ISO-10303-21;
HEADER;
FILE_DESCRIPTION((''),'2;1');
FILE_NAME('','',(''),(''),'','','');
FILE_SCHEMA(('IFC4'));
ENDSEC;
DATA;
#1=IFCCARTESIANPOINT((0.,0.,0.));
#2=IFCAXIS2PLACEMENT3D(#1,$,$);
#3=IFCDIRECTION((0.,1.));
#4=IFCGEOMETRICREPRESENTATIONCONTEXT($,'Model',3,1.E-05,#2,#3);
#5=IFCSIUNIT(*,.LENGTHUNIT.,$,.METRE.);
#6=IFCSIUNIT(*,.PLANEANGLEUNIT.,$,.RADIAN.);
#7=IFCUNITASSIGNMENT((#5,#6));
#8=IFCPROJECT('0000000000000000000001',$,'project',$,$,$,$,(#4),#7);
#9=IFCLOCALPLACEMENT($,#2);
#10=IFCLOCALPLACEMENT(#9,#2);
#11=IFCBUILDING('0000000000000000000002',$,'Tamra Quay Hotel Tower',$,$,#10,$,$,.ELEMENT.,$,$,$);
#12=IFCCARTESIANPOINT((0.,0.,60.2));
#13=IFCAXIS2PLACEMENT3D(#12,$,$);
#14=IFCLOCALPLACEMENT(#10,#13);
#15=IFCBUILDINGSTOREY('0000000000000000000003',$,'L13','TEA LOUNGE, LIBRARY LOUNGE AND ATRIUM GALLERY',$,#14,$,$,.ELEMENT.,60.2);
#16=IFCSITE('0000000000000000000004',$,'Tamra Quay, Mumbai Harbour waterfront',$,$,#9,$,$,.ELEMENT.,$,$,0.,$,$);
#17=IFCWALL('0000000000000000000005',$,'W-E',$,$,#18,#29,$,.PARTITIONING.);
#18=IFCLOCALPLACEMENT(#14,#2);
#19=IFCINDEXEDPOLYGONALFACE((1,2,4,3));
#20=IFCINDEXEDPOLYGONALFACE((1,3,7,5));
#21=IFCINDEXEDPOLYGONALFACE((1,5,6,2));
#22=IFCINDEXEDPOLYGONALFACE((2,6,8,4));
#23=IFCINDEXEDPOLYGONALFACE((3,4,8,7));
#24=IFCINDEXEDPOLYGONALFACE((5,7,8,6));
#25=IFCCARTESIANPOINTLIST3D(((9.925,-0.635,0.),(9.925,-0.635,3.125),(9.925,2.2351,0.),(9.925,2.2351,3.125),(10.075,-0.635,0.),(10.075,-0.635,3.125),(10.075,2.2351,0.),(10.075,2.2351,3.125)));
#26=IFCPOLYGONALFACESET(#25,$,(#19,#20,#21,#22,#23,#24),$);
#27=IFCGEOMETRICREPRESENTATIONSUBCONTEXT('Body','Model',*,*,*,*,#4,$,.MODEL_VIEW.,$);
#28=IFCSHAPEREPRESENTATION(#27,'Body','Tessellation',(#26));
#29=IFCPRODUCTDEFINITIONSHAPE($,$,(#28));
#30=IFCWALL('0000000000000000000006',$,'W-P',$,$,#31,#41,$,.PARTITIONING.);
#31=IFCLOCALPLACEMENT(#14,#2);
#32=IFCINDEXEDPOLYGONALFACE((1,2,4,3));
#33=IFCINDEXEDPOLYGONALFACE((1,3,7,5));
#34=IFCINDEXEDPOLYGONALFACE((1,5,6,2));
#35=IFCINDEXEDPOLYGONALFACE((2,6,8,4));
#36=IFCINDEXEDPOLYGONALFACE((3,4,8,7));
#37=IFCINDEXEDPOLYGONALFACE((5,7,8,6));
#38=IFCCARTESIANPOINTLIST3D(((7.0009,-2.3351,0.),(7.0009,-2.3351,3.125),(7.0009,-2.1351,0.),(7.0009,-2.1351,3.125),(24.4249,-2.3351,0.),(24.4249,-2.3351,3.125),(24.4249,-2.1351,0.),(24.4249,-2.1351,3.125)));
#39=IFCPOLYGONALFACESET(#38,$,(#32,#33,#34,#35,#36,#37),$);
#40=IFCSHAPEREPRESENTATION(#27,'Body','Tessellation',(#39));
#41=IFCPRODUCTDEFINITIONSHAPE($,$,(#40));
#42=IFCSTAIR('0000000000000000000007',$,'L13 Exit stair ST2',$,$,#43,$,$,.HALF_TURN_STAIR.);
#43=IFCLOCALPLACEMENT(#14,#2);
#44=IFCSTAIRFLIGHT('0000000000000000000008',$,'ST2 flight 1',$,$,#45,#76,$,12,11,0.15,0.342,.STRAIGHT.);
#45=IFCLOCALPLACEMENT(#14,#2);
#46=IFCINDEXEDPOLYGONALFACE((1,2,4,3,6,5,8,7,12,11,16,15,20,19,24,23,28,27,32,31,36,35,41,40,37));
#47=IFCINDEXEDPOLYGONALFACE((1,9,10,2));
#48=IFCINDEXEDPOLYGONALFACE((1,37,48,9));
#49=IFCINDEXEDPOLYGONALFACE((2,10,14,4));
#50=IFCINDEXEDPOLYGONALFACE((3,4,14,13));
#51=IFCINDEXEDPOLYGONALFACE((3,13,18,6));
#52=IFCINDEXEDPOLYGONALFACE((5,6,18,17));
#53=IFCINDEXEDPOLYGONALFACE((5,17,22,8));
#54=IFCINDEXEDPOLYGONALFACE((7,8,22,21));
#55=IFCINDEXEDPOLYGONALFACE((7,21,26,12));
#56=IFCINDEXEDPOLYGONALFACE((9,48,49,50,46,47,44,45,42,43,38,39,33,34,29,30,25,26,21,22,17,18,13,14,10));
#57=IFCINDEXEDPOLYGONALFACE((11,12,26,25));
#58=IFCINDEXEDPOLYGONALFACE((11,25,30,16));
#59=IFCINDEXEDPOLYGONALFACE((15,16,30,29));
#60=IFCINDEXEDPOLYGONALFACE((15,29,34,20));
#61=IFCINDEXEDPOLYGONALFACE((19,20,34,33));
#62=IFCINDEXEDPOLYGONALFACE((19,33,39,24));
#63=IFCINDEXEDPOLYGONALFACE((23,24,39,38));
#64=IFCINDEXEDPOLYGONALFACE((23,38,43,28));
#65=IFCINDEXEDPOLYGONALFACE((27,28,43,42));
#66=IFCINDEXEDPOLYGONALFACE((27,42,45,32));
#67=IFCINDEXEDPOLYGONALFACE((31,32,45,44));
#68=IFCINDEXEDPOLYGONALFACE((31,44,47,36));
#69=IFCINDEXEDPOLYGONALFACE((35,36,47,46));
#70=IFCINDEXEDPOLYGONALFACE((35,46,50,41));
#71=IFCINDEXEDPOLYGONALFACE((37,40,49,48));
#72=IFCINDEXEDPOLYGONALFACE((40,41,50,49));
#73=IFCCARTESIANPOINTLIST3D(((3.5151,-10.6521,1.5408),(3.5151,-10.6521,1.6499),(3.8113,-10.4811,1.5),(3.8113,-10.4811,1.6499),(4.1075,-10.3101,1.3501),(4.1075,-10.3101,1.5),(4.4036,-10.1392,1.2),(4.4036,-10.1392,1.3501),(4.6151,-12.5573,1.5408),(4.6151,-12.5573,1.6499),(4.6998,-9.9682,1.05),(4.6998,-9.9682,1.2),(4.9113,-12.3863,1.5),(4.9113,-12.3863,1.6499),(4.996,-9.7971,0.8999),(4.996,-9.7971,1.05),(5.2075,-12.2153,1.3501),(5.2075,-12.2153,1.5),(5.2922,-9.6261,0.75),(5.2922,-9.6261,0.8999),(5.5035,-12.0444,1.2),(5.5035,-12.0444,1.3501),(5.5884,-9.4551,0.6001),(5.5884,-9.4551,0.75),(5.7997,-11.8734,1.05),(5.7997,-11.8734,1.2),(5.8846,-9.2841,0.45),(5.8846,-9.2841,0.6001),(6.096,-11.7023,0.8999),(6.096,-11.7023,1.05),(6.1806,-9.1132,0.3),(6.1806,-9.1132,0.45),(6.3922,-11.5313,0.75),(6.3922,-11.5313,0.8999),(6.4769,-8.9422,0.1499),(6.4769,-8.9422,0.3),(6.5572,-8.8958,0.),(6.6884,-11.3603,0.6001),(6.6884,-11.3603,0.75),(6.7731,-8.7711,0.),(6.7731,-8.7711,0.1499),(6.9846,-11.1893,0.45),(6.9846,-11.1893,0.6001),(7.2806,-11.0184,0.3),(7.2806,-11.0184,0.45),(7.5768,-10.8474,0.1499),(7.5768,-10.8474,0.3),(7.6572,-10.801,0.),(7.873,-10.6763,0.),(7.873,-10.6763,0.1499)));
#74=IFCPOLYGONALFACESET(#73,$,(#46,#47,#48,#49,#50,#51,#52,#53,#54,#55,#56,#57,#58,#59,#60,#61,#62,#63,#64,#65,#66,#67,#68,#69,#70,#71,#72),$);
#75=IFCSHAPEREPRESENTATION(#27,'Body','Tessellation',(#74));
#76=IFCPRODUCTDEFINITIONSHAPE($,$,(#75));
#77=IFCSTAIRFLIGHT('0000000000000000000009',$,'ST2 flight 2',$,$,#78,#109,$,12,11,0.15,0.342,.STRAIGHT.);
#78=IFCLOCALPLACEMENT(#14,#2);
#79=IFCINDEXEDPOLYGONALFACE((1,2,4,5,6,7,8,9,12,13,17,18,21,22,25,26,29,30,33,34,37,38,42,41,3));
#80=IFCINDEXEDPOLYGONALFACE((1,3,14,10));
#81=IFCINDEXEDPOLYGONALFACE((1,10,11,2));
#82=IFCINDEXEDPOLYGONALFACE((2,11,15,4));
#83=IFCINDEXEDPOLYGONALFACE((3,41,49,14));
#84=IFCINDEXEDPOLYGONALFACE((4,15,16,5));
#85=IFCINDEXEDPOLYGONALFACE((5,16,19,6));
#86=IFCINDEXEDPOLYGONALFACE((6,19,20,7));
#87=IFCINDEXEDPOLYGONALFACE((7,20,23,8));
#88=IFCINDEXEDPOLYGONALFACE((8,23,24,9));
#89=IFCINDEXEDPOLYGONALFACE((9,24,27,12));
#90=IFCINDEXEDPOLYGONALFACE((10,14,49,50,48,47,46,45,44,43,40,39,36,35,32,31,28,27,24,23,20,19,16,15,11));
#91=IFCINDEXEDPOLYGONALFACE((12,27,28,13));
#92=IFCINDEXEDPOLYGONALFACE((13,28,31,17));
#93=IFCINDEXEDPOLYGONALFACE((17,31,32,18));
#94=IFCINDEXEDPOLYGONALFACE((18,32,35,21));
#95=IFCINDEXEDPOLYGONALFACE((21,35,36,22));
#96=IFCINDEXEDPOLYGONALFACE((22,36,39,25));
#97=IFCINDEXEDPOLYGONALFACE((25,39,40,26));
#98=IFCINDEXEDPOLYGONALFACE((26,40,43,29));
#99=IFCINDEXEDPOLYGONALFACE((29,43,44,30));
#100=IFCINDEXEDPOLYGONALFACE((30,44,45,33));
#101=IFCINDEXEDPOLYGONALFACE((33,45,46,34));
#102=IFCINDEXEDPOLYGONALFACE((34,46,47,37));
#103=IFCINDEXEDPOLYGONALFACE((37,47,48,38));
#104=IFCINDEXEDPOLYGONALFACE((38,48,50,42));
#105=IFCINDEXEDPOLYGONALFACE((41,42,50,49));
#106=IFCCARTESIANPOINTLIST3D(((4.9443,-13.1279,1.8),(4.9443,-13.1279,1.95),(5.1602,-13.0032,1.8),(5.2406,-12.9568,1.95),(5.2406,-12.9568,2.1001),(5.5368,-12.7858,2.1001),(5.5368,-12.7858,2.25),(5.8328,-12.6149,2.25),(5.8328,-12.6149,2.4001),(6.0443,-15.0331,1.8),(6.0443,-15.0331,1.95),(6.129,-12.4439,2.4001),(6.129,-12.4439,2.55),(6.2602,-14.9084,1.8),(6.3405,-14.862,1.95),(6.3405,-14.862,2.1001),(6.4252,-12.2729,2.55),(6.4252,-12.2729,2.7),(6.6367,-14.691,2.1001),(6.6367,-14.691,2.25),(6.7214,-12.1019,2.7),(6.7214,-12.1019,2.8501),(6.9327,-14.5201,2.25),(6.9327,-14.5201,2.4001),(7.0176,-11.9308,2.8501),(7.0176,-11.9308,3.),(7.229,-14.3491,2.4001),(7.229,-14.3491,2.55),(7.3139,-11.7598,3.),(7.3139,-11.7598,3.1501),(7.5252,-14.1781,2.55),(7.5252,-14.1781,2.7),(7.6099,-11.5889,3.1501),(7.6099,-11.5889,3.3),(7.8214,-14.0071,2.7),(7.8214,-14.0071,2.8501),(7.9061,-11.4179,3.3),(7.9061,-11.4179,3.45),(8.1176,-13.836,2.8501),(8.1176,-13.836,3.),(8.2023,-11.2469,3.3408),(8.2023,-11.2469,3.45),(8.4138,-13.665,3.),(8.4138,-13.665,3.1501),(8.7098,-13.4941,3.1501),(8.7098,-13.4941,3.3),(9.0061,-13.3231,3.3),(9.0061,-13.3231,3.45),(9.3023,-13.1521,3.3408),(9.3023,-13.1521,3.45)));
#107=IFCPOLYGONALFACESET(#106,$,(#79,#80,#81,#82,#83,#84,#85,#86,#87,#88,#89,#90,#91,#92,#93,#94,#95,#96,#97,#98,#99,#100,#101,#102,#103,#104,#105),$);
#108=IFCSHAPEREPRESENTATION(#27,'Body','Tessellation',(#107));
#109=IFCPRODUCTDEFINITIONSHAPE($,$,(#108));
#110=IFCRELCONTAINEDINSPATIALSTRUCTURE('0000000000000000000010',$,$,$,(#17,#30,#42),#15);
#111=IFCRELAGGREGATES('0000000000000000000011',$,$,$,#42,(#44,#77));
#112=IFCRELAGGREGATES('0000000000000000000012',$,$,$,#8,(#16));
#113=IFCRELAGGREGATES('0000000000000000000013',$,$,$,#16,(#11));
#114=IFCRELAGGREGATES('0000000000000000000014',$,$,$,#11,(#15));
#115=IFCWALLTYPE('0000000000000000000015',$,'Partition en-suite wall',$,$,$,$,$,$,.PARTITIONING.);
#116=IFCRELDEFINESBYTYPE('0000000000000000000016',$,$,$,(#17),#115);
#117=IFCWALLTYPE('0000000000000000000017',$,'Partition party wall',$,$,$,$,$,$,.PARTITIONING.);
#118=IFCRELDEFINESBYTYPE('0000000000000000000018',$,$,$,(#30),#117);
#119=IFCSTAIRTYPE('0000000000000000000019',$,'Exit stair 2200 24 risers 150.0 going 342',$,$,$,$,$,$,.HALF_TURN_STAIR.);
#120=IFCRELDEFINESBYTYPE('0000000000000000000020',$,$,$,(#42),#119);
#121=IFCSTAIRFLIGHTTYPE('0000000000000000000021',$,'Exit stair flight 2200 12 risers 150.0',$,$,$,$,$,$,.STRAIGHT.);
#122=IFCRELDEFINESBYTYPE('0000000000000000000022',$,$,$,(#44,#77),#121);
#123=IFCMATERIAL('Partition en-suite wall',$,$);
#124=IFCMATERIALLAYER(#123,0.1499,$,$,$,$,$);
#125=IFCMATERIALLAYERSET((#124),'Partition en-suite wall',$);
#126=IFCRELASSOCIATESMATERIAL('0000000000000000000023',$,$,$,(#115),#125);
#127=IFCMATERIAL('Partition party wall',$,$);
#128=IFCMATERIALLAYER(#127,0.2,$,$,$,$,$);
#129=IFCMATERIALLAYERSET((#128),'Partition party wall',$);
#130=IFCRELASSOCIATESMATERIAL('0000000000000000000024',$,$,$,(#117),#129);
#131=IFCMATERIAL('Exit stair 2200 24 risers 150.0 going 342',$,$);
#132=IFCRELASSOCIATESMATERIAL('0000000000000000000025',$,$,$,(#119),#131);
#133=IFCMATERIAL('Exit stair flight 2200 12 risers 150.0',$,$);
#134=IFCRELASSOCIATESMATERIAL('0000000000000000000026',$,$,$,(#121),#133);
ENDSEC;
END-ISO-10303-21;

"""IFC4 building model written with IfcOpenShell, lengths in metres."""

from ifc_helpers import new_model, si_unit, direction, frame, frame_2d, origin, place, context, subcontext, project, spatial, polyline, rectangle, outline, extrude, material, layer, layer_set, type_object, element, aggregate, save


model = new_model("IFC4")

# Units and contexts
model_context = context("Model", 3, precision=1e-05, world=origin(), true_north=direction((0.0, 1.0)))
body_context = subcontext(model_context, "Body", "Model", "MODEL_VIEW")
ifc_project = project(units=[si_unit("LENGTHUNIT", "METRE"), si_unit("PLANEANGLEUNIT", "RADIAN")], contexts=[model_context])

# Site, building, storey
site_placement = place(None, origin())
site = spatial("IfcSite", under=ifc_project, at=site_placement, Name="Tamra Quay, Mumbai Harbour waterfront", CompositionType="ELEMENT", RefElevation=0.0)
building_placement = place(site_placement, origin())
building = spatial("IfcBuilding", under=site, at=building_placement, Name="Tamra Quay Hotel Tower", CompositionType="ELEMENT")
storey_placement = place(building_placement, frame((0.0, 0.0, 60.2)))
storey = spatial("IfcBuildingStorey", under=building, at=storey_placement, Name="L13", Description="TEA LOUNGE, LIBRARY LOUNGE AND ATRIUM GALLERY", CompositionType="ELEMENT", Elevation=60.2)

# Shared definitions
ifc_material_1 = material(Name="Partition en-suite wall")
ifc_layer_1 = layer(ifc_material_1, 0.1499)
ifc_layer_set_1 = layer_set([ifc_layer_1], Name="Partition en-suite wall")
wall_type_1 = type_object("IfcWallType", Name="Partition en-suite wall", PredefinedType="PARTITIONING", material=ifc_layer_set_1)

# Walls
wall_1_placement = place(storey_placement, frame((10.0, -0.635, 0.0), z_axis=(0.0, 0.0, 1.0), x_axis=(0.0, 1.0, 0.0)))
element("IfcWall", 1, at=wall_1_placement, inside=storey, type_object=wall_type_1, Name="W-E", PredefinedType="PARTITIONING", context=body_context, shape_type="SweptSolid", body=[
    extrude(rectangle(XDim=2.8701, YDim=0.1499, at=frame_2d((1.4351, 0.0))), origin(), (0.0, 0.0, 1.0), 3.125),
])
ifc_material_2 = material(Name="Partition party wall")
ifc_layer_2 = layer(ifc_material_2, 0.2)
ifc_layer_set_2 = layer_set([ifc_layer_2], Name="Partition party wall")
wall_type_2 = type_object("IfcWallType", Name="Partition party wall", PredefinedType="PARTITIONING", material=ifc_layer_set_2)
wall_2_placement = place(storey_placement, frame((7.001, -2.2351, 0.0), z_axis=(0.0, 0.0, 1.0), x_axis=(1.0, 0.0, 0.0)))
element("IfcWall", 2, at=wall_2_placement, inside=storey, type_object=wall_type_2, Name="W-P", PredefinedType="PARTITIONING", context=body_context, shape_type="SweptSolid", body=[
    extrude(rectangle(XDim=17.4241, YDim=0.2, at=frame_2d((8.7119, 0.0))), origin(), (0.0, 0.0, 1.0), 3.125),
])

# Stair, stair flights
ifc_material_3 = material(Name="Exit stair 2200 24 risers 150.0 going 342")
stair_type = type_object("IfcStairType", Name="Exit stair 2200 24 risers 150.0 going 342", PredefinedType="HALF_TURN_STAIR", material=ifc_material_3)
stair_placement = place(storey_placement, origin())
stair = element("IfcStair", 3, at=stair_placement, inside=storey, type_object=stair_type, Name="L13 Exit stair ST2", PredefinedType="HALF_TURN_STAIR")
ifc_material_4 = material(Name="Exit stair flight 2200 12 risers 150.0")
stair_flight_type = type_object("IfcStairFlightType", Name="Exit stair flight 2200 12 risers 150.0", PredefinedType="STRAIGHT", material=ifc_material_4)
stair_flight_1_placement = place(storey_placement, frame((7.323, -9.7236, 0.0), z_axis=(0.0, 0.0, 1.0), x_axis=(-0.866025, -0.5, 0.0)))
stair_flight_1 = element("IfcStairFlight", 4, at=stair_flight_1_placement, type_object=stair_flight_type, Name="ST2 flight 1", NumberOfRisers=12, NumberOfTreads=11, PredefinedType="STRAIGHT", RiserHeight=0.15, TreadLength=0.342, context=body_context, shape_type="SweptSolid", body=[
    extrude(outline(polyline([(0.0, 0.0), (0.0, 0.1499), (0.342, 0.1499), (0.342, 0.3), (0.6841, 0.3), (0.6841, 0.45), (1.0259, 0.45), (1.0259, 0.6001), (1.3679, 0.6001), (1.3679, 0.75), (1.71, 0.75), (1.71, 0.8999), (2.052, 0.8999), (2.052, 1.05), (2.394, 1.05), (2.394, 1.2), (2.7361, 1.2), (2.7361, 1.3501), (3.0779, 1.3501), (3.0779, 1.5), (3.4199, 1.5), (3.4199, 1.6499), (3.762, 1.6499), (3.762, 1.8), (3.762, 1.5408), (0.2493, 0.0), (0.0, 0.0)])), frame((0.0, 1.1001, 0.0), z_axis=(0.0, -1.0, 0.0), x_axis=(1.0, 0.0, 0.0)), (0.0, 0.0, 1.0), 2.2),
])
stair_flight_2_placement = place(storey_placement, frame((5.4944, -14.0806, 1.8), z_axis=(0.0, 0.0, 1.0), x_axis=(0.866025, 0.5, 0.0)))
stair_flight_2 = element("IfcStairFlight", 5, at=stair_flight_2_placement, type_object=stair_flight_type, Name="ST2 flight 2", NumberOfRisers=12, NumberOfTreads=11, PredefinedType="STRAIGHT", RiserHeight=0.15, TreadLength=0.342, context=body_context, shape_type="SweptSolid", body=[
    extrude(outline(polyline([(0.0, 0.0), (0.0, 0.1499), (0.342, 0.1499), (0.342, 0.3), (0.6841, 0.3), (0.6841, 0.45), (1.0259, 0.45), (1.0259, 0.6001), (1.3679, 0.6001), (1.3679, 0.75), (1.71, 0.75), (1.71, 0.8999), (2.052, 0.8999), (2.052, 1.05), (2.394, 1.05), (2.394, 1.2), (2.7361, 1.2), (2.7361, 1.3501), (3.0779, 1.3501), (3.0779, 1.5), (3.4199, 1.5), (3.4199, 1.6499), (3.762, 1.6499), (3.762, 1.8), (3.762, 1.5408), (0.2493, 0.0), (0.0, 0.0)])), frame((0.0, 1.1001, 0.0), z_axis=(0.0, -1.0, 0.0), x_axis=(1.0, 0.0, 0.0)), (0.0, 0.0, 1.0), 2.2),
])
aggregate(stair, [stair_flight_1, stair_flight_2])

save(model, "model.ifc")
